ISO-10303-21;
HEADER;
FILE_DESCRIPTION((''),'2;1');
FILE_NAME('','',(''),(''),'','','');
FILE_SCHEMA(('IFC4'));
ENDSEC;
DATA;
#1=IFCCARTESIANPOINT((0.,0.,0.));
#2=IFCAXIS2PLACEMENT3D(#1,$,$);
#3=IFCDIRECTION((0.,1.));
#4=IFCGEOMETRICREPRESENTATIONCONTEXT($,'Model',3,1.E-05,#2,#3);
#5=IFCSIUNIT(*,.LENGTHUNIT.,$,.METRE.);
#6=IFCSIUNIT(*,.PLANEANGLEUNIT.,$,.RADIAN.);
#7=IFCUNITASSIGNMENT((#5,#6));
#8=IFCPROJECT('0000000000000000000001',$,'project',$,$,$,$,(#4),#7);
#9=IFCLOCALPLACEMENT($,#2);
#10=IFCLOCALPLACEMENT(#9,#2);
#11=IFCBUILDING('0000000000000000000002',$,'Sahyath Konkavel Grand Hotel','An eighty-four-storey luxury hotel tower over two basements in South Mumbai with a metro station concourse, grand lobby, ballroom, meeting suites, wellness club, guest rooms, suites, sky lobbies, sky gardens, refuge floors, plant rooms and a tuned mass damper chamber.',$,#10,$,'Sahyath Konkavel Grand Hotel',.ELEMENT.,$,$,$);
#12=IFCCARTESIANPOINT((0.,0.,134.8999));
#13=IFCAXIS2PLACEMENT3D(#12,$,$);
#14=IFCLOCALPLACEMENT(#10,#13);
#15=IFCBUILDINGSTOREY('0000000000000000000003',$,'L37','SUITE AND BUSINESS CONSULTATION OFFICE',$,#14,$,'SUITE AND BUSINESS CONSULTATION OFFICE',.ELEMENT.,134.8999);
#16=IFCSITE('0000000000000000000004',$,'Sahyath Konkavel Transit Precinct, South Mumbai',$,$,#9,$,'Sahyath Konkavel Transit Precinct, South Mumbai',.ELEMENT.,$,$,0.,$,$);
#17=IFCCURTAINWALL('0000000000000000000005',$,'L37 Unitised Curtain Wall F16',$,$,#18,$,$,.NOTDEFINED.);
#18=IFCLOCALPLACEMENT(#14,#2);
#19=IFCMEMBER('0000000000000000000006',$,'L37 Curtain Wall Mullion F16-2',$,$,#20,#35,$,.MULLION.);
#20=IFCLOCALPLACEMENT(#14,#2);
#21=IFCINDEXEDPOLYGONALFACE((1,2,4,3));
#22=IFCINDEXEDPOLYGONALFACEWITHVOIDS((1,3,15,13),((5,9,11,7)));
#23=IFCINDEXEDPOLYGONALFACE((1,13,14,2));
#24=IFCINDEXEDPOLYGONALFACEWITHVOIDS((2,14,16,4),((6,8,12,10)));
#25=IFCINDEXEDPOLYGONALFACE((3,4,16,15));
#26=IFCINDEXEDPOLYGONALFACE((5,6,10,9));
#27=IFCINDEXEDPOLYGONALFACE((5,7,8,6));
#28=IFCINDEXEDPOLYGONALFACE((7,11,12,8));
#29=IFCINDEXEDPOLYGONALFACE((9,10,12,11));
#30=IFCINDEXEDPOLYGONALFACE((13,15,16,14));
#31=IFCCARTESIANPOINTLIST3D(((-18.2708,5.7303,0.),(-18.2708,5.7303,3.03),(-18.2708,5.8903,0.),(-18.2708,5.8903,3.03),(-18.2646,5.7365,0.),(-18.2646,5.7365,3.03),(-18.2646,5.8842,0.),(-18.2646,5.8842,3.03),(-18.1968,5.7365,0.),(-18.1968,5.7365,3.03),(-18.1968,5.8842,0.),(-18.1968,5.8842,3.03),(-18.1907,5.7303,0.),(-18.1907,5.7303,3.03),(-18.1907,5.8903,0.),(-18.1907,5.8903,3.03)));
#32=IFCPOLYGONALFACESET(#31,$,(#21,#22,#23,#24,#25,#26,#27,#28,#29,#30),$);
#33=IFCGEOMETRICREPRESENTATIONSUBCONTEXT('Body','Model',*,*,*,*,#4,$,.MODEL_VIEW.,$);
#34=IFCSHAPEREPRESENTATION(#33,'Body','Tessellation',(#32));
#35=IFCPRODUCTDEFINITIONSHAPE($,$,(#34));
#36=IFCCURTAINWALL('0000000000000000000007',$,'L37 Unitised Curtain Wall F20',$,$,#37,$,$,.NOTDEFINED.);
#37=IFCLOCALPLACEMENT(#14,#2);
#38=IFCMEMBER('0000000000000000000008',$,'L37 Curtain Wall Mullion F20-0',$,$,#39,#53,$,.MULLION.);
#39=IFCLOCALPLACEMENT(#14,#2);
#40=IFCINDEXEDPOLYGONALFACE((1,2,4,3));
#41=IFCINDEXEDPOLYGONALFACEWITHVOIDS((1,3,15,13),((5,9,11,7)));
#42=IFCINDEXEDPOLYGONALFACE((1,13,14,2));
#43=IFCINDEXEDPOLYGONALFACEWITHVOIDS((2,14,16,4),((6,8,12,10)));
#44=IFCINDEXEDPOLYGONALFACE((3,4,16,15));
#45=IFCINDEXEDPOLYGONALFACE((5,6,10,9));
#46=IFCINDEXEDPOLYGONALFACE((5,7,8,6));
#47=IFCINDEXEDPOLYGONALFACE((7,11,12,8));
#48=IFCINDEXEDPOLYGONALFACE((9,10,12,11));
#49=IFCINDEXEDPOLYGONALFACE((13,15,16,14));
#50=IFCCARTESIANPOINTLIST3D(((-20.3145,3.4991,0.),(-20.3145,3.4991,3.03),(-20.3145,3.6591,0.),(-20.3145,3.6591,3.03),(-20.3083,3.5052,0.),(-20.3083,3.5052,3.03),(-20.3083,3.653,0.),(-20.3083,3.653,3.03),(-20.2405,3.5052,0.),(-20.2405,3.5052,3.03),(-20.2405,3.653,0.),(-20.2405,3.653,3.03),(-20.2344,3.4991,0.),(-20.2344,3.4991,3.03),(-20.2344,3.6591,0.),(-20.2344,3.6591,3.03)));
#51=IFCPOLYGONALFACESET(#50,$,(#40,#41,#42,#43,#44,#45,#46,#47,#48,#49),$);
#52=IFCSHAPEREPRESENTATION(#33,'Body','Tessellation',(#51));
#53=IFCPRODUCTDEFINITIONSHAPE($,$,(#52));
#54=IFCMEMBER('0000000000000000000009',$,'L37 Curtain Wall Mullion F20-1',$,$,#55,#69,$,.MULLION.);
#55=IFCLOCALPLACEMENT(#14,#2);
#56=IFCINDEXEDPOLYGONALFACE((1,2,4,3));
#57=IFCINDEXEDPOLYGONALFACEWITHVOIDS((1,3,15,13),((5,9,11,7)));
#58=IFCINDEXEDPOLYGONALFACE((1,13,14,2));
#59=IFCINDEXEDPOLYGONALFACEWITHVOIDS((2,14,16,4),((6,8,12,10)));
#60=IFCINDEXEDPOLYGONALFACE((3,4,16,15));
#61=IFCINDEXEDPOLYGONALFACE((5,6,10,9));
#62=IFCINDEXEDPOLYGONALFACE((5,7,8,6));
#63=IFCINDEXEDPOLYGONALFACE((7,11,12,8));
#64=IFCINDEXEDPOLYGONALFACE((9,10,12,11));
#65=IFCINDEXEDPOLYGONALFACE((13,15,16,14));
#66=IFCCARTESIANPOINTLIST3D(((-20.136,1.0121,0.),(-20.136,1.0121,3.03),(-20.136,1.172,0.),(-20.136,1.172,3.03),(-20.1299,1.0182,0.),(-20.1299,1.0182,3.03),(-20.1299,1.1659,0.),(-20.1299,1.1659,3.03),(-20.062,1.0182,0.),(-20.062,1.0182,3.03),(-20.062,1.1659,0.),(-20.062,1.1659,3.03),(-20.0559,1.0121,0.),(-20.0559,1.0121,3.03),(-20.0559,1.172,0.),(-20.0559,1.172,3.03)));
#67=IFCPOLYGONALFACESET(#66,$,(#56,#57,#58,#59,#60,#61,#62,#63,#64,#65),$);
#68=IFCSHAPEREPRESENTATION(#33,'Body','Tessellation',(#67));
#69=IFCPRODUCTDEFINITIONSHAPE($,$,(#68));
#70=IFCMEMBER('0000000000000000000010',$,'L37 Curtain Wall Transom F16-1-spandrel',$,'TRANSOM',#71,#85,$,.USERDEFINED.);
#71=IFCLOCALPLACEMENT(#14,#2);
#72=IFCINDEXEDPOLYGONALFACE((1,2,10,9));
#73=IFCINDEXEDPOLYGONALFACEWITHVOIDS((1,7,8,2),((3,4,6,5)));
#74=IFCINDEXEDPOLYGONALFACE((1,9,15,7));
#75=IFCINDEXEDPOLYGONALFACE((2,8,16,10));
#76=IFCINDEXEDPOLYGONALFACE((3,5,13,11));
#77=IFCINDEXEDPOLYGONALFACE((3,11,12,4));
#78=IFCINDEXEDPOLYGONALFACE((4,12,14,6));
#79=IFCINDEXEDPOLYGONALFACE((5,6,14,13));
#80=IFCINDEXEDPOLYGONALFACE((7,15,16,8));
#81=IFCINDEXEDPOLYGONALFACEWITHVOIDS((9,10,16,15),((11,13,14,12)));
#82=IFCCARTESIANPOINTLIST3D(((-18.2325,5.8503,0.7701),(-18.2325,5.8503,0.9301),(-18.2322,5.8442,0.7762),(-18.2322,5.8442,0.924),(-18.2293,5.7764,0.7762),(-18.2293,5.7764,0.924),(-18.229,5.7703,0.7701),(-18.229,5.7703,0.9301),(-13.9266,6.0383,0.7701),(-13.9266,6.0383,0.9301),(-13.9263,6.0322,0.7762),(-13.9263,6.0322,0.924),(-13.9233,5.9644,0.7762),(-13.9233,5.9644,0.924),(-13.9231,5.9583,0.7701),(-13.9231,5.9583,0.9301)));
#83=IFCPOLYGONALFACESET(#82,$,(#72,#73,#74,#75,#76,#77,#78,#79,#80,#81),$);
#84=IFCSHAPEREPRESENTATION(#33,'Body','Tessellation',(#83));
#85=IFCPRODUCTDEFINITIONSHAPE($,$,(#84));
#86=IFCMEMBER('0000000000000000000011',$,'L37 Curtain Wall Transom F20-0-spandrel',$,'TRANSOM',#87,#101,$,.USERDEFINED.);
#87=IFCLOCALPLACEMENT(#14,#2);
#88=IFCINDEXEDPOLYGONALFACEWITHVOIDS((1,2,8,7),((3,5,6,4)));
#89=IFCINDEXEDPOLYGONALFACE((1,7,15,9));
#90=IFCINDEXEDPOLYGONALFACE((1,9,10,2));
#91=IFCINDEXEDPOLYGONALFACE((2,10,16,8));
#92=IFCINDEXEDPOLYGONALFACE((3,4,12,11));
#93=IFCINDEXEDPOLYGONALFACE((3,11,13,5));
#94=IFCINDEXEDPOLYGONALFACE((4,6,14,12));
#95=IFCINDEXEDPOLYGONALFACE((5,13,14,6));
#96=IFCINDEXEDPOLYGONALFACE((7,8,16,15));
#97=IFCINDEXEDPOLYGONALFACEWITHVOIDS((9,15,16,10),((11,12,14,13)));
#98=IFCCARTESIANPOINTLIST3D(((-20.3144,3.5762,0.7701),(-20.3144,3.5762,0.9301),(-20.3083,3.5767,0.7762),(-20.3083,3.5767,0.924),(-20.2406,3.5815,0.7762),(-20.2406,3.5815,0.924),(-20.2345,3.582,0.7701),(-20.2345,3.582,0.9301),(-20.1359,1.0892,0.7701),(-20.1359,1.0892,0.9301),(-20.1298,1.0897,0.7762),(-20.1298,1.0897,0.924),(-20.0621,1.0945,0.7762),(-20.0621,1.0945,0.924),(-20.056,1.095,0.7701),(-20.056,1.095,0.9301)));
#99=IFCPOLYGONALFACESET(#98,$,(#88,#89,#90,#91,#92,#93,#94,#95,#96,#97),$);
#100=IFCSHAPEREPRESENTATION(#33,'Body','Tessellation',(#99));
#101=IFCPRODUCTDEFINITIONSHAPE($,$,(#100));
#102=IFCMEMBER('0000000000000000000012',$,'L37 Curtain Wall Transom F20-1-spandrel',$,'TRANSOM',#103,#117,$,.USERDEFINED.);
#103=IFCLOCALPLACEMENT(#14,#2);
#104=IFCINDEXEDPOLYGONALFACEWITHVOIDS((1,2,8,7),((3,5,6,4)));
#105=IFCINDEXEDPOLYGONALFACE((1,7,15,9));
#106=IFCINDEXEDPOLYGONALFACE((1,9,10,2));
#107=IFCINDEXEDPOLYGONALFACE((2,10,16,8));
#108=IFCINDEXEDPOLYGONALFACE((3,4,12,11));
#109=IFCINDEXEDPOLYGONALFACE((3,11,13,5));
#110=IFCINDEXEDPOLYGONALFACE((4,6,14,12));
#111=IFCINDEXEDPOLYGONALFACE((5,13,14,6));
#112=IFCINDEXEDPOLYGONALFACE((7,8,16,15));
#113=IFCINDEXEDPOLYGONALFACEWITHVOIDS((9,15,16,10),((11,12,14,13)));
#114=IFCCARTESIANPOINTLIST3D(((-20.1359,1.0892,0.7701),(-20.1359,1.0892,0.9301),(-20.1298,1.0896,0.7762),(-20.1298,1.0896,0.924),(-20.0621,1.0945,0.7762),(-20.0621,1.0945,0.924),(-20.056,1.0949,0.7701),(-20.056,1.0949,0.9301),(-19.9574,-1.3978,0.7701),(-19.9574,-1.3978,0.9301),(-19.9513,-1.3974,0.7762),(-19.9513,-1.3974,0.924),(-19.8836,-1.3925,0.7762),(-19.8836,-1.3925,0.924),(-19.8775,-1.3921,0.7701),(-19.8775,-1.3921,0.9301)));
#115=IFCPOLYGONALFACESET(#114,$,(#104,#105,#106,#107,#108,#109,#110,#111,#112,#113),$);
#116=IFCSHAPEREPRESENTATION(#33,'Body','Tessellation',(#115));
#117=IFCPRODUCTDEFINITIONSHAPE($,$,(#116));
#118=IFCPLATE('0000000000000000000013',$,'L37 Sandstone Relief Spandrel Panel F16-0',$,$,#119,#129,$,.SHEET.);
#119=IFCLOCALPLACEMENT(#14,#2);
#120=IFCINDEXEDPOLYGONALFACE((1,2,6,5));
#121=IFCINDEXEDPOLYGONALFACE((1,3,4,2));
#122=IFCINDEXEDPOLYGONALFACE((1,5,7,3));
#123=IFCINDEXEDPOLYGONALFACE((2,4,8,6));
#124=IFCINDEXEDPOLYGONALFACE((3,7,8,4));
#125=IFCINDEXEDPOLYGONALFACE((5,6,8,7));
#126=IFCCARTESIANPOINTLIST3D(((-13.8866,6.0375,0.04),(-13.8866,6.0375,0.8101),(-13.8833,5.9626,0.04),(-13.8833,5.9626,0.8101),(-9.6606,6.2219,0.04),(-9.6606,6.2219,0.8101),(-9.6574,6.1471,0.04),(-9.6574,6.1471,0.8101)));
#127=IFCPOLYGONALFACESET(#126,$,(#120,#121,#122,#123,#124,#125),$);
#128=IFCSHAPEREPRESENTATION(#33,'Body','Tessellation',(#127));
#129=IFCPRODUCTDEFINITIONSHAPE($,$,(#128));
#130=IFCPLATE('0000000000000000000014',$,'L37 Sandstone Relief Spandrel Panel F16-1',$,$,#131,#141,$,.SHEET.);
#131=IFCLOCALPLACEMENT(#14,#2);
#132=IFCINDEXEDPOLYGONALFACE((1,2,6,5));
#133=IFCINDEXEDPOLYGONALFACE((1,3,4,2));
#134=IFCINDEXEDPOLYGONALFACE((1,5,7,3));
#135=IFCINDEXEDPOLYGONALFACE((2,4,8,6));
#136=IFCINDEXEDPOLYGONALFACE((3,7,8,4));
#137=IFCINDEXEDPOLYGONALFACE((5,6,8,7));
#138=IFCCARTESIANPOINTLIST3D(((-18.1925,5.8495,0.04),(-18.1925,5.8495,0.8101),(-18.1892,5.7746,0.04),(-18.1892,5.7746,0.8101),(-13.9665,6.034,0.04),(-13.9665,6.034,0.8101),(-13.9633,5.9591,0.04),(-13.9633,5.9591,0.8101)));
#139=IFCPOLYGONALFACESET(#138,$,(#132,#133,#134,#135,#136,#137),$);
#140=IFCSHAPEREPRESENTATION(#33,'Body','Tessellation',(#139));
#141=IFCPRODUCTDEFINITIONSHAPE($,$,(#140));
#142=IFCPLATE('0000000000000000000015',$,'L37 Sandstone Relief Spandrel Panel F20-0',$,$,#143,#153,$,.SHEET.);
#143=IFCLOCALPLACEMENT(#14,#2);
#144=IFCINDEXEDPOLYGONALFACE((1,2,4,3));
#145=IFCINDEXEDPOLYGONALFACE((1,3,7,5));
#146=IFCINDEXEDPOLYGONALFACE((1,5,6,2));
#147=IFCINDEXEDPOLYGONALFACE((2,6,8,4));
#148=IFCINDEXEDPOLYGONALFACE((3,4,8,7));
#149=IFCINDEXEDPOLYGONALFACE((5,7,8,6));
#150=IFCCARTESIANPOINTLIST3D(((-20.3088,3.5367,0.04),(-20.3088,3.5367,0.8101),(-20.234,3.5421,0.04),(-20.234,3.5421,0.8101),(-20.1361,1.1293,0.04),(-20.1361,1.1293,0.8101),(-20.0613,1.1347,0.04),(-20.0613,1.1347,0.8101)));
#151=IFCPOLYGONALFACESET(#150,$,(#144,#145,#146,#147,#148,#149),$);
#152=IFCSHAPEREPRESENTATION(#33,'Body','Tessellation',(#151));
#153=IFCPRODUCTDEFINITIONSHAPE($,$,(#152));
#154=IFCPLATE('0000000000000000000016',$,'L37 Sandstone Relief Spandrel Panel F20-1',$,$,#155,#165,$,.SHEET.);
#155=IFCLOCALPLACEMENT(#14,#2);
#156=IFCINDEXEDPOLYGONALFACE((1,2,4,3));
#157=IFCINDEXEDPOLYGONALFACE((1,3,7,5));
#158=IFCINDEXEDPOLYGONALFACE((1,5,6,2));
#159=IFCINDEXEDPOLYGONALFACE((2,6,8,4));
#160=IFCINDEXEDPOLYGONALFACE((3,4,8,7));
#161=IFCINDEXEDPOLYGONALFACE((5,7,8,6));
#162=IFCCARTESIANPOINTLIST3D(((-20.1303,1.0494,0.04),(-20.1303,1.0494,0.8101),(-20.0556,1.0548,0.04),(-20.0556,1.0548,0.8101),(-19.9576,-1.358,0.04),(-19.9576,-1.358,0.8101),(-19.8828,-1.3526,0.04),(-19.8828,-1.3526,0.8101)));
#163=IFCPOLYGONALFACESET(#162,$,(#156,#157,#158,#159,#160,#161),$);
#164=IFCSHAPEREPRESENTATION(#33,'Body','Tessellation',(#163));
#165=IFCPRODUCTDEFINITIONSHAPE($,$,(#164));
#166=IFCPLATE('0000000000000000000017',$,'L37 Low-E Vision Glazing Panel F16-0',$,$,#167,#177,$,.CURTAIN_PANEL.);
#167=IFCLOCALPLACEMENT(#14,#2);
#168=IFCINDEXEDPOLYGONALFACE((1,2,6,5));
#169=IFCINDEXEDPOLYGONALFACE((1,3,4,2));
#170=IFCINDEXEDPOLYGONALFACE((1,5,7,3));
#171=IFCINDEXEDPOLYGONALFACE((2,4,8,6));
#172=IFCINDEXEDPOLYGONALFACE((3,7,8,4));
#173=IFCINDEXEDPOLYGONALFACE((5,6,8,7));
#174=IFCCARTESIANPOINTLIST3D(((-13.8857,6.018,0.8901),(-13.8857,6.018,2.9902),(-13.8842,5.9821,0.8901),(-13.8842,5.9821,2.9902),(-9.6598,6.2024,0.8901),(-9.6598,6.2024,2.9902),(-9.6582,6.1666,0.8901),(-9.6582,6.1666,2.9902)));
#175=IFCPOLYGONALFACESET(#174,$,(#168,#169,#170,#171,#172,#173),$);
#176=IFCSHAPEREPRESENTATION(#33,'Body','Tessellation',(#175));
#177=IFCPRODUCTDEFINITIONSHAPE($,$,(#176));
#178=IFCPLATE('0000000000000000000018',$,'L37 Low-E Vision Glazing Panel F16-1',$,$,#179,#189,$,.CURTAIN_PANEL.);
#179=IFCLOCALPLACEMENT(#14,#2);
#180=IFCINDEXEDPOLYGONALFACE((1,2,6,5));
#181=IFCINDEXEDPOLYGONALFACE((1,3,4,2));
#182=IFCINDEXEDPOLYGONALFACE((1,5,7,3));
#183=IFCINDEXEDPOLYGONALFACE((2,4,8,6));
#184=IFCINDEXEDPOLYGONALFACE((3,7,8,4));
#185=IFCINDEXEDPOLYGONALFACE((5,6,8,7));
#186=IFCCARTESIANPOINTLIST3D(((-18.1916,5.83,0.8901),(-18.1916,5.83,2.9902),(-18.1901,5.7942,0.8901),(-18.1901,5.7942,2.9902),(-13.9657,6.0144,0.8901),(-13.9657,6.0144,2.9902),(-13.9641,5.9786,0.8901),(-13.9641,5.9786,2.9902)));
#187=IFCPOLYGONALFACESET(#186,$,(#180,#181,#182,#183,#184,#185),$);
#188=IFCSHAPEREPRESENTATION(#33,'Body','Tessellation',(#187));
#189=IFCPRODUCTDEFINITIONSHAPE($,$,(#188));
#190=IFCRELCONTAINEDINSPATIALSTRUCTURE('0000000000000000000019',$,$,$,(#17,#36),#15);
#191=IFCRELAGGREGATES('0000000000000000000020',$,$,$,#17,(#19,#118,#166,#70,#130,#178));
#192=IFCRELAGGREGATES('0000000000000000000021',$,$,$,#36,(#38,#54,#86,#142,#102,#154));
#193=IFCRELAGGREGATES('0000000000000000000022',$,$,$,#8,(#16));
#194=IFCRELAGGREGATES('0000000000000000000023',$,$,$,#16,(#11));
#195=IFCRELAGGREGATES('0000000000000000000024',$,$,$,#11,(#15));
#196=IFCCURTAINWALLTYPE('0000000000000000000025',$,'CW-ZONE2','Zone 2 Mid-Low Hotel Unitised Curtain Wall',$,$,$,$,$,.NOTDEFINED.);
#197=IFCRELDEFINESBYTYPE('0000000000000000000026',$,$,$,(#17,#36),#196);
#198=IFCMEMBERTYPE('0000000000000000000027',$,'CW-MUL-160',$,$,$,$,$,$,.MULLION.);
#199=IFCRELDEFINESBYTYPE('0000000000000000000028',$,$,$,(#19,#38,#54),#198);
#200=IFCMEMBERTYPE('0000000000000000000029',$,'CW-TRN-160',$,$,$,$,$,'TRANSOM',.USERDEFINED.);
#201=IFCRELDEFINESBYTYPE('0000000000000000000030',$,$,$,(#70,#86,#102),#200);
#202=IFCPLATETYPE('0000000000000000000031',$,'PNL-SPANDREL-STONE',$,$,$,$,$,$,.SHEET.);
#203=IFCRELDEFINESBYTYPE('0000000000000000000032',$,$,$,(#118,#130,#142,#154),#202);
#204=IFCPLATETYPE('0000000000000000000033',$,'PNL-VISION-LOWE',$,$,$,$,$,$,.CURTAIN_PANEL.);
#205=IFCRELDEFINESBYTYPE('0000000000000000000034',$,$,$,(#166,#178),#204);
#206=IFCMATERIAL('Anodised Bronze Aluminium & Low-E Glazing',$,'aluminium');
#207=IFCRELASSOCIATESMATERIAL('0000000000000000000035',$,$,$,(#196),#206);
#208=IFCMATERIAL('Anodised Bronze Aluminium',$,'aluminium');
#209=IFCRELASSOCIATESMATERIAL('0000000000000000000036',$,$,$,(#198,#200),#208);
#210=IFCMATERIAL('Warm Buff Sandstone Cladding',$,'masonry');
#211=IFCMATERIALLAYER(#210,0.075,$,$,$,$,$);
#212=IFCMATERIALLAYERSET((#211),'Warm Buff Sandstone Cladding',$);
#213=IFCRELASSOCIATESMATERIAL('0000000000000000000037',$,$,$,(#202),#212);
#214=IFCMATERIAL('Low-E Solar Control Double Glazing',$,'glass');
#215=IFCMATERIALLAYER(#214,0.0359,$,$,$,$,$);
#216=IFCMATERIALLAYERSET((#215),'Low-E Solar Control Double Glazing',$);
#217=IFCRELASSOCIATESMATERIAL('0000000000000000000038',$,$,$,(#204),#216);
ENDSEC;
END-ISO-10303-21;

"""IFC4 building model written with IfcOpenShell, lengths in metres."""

from ifc_helpers import new_model, si_unit, direction, frame, origin, origin_2d, place, context, subcontext, project, spatial, rectangle, hollow_rectangle, extrude, source, transform, mapped, material, layer, layer_set, material_profile, profile_set, type_object, element, aggregate, save


model = new_model("IFC4")

# Units and contexts
model_context = context("Model", 3, precision=1e-05, world=origin(), true_north=direction((0.0, 1.0)))
body_context = subcontext(model_context, "Body", "Model", "MODEL_VIEW")
ifc_project = project(units=[si_unit("LENGTHUNIT", "METRE"), si_unit("PLANEANGLEUNIT", "RADIAN")], contexts=[model_context])

# Site, building, storey
site_placement = place(None, origin())
site = spatial("IfcSite", under=ifc_project, at=site_placement, Name="Sahyath Konkavel Transit Precinct, South Mumbai", LongName="Sahyath Konkavel Transit Precinct, South Mumbai", CompositionType="ELEMENT", RefElevation=0.0)
building_placement = place(site_placement, origin())
building = spatial("IfcBuilding", under=site, at=building_placement, Name="Sahyath Konkavel Grand Hotel", Description="An eighty-four-storey luxury hotel tower over two basements in South Mumbai with a metro station concourse, grand lobby, ballroom, meeting suites, wellness club, guest rooms, suites, sky lobbies, sky gardens, refuge floors, plant rooms and a tuned mass damper chamber.", LongName="Sahyath Konkavel Grand Hotel", CompositionType="ELEMENT")
storey_placement = place(building_placement, frame((0.0, 0.0, 134.8999)))
storey = spatial("IfcBuildingStorey", under=building, at=storey_placement, Name="L37", Description="SUITE AND BUSINESS CONSULTATION OFFICE", LongName="SUITE AND BUSINESS CONSULTATION OFFICE", CompositionType="ELEMENT", Elevation=134.8999)

# Curtain walls, members
ifc_material_1 = material(Name="Anodised Bronze Aluminium & Low-E Glazing", Category="aluminium")
curtain_wall_type = type_object("IfcCurtainWallType", Name="CW-ZONE2", Description="Zone 2 Mid-Low Hotel Unitised Curtain Wall", PredefinedType="NOTDEFINED", material=ifc_material_1)
curtain_wall_1_placement = place(storey_placement, origin())
curtain_wall_1 = element("IfcCurtainWall", 1, at=curtain_wall_1_placement, inside=storey, type_object=curtain_wall_type, Name="L37 Unitised Curtain Wall F16", PredefinedType="NOTDEFINED")
ifc_material_2 = material(Name="Anodised Bronze Aluminium", Category="aluminium")
ifc_material_profile_1 = material_profile(ifc_material_2, hollow_rectangle(XDim=0.0801, YDim=0.1599, WallThickness=0.0061, at=origin_2d()), Name="RHS 160x80x6")
ifc_profile_set_1 = profile_set([ifc_material_profile_1], Name="Anodised Bronze Aluminium")
member_type_1 = type_object("IfcMemberType", Name="CW-MUL-160", PredefinedType="MULLION", material=ifc_profile_set_1)
shared_shape_1 = source(origin(), body_context, "Body", "SweptSolid", [
    extrude(hollow_rectangle(XDim=0.0801, YDim=0.1599, WallThickness=0.0061, at=origin_2d()), origin(), (0.0, 0.0, 1.0), 3.03),
])
member_1_placement = place(storey_placement, frame((-18.2307, 5.8103, 0.0), z_axis=(0.0, 0.0, 1.0), x_axis=(1.0, 0.0, 0.0)))
member_1 = element("IfcMember", 2, at=member_1_placement, type_object=member_type_1, Name="L37 Curtain Wall Mullion F16-2", PredefinedType="MULLION", context=body_context, shape_type="MappedRepresentation", body=[
    mapped(shared_shape_1, transform((0.0, 0.0, 0.0), scale=1.0)),
])
curtain_wall_2_placement = place(storey_placement, origin())
curtain_wall_2 = element("IfcCurtainWall", 3, at=curtain_wall_2_placement, inside=storey, type_object=curtain_wall_type, Name="L37 Unitised Curtain Wall F20", PredefinedType="NOTDEFINED")
member_2_placement = place(storey_placement, frame((-20.2744, 3.5791, 0.0), z_axis=(0.0, 0.0, 1.0), x_axis=(1.0, 0.0, 0.0)))
member_2 = element("IfcMember", 4, at=member_2_placement, type_object=member_type_1, Name="L37 Curtain Wall Mullion F20-0", PredefinedType="MULLION", context=body_context, shape_type="MappedRepresentation", body=[
    mapped(shared_shape_1, transform((0.0, 0.0, 0.0), scale=1.0)),
])
member_3_placement = place(storey_placement, frame((-20.0959, 1.092, 0.0), z_axis=(0.0, 0.0, 1.0), x_axis=(1.0, 0.0, 0.0)))
member_3 = element("IfcMember", 5, at=member_3_placement, type_object=member_type_1, Name="L37 Curtain Wall Mullion F20-1", PredefinedType="MULLION", context=body_context, shape_type="MappedRepresentation", body=[
    mapped(shared_shape_1, transform((0.0, 0.0, 0.0), scale=1.0)),
])

# Members
ifc_material_profile_2 = material_profile(ifc_material_2, hollow_rectangle(XDim=0.0801, YDim=0.1599, WallThickness=0.0061, at=origin_2d()), Name="RHS 160x80x6")
ifc_profile_set_2 = profile_set([ifc_material_profile_2], Name="Anodised Bronze Aluminium")
member_type_2 = type_object("IfcMemberType", Name="CW-TRN-160", ElementType="TRANSOM", PredefinedType="USERDEFINED", material=ifc_profile_set_2)
shared_shape_2 = source(origin(), body_context, "Body", "SweptSolid", [
    extrude(hollow_rectangle(XDim=0.0801, YDim=0.1599, WallThickness=0.0061, at=origin_2d()), origin(), (0.0, 0.0, 1.0), 4.3101),
])
member_4_placement = place(storey_placement, frame((-13.9248, 5.9983, 0.8501), z_axis=(-0.999048, -0.043617, 0.0), x_axis=(0.043617, -0.999048, 0.0)))
member_4 = element("IfcMember", 6, at=member_4_placement, type_object=member_type_2, Name="L37 Curtain Wall Transom F16-1-spandrel", ObjectType="TRANSOM", PredefinedType="USERDEFINED", context=body_context, shape_type="MappedRepresentation", body=[
    mapped(shared_shape_2, transform((0.0, 0.0, 0.0), scale=1.0)),
])
shared_shape_3 = source(origin(), body_context, "Body", "SweptSolid", [
    extrude(hollow_rectangle(XDim=0.0801, YDim=0.1599, WallThickness=0.0061, at=origin_2d()), origin(), (0.0, 0.0, 1.0), 2.4934),
])
member_5_placement = place(storey_placement, frame((-20.2744, 3.5791, 0.8501), z_axis=(0.071574, -0.997435, 0.0), x_axis=(0.997435, 0.071574, 0.0)))
member_5 = element("IfcMember", 7, at=member_5_placement, type_object=member_type_2, Name="L37 Curtain Wall Transom F20-0-spandrel", ObjectType="TRANSOM", PredefinedType="USERDEFINED", context=body_context, shape_type="MappedRepresentation", body=[
    mapped(shared_shape_3, transform((0.0, 0.0, 0.0), scale=1.0)),
])
member_6_placement = place(storey_placement, frame((-20.0959, 1.092, 0.8501), z_axis=(0.071574, -0.997435, 0.0), x_axis=(0.997435, 0.071574, 0.0)))
member_6 = element("IfcMember", 8, at=member_6_placement, type_object=member_type_2, Name="L37 Curtain Wall Transom F20-1-spandrel", ObjectType="TRANSOM", PredefinedType="USERDEFINED", context=body_context, shape_type="MappedRepresentation", body=[
    mapped(shared_shape_3, transform((0.0, 0.0, 0.0), scale=1.0)),
])

# Plates
ifc_material_3 = material(Name="Warm Buff Sandstone Cladding", Category="masonry")
ifc_layer_1 = layer(ifc_material_3, 0.075)
ifc_layer_set_1 = layer_set([ifc_layer_1], Name="Warm Buff Sandstone Cladding")
plate_type_1 = type_object("IfcPlateType", Name="PNL-SPANDREL-STONE", PredefinedType="SHEET", material=ifc_layer_set_1)
shared_shape_4 = source(origin(), body_context, "Body", "SweptSolid", [
    extrude(rectangle(XDim=4.23, YDim=0.075, at=origin_2d()), origin(), (0.0, 0.0, 1.0), 0.77),
])
plate_1_placement = place(storey_placement, frame((-11.772, 6.0923, 0.04), z_axis=(0.0, 0.0, 1.0), x_axis=(-0.999049, -0.043602, 0.0)))
plate_1 = element("IfcPlate", 9, at=plate_1_placement, type_object=plate_type_1, Name="L37 Sandstone Relief Spandrel Panel F16-0", PredefinedType="SHEET", context=body_context, shape_type="MappedRepresentation", body=[
    mapped(shared_shape_4, transform((0.0, 0.0, 0.0), scale=1.0)),
])
plate_2_placement = place(storey_placement, frame((-16.0779, 5.9043, 0.04), z_axis=(0.0, 0.0, 1.0), x_axis=(-0.999049, -0.043602, 0.0)))
plate_2 = element("IfcPlate", 10, at=plate_2_placement, type_object=plate_type_1, Name="L37 Sandstone Relief Spandrel Panel F16-1", PredefinedType="SHEET", context=body_context, shape_type="MappedRepresentation", body=[
    mapped(shared_shape_4, transform((0.0, 0.0, 0.0), scale=1.0)),
])
shared_shape_5 = source(origin(), body_context, "Body", "SweptSolid", [
    extrude(rectangle(XDim=2.4136, YDim=0.075, at=origin_2d()), origin(), (0.0, 0.0, 1.0), 0.77),
])
plate_3_placement = place(storey_placement, frame((-20.1851, 2.3357, 0.04), z_axis=(0.0, 0.0, 1.0), x_axis=(0.071567, -0.997436, 0.0)))
plate_3 = element("IfcPlate", 11, at=plate_3_placement, type_object=plate_type_1, Name="L37 Sandstone Relief Spandrel Panel F20-0", PredefinedType="SHEET", context=body_context, shape_type="MappedRepresentation", body=[
    mapped(shared_shape_5, transform((0.0, 0.0, 0.0), scale=1.0)),
])
plate_4_placement = place(storey_placement, frame((-20.0066, -0.1516, 0.04), z_axis=(0.0, 0.0, 1.0), x_axis=(0.071567, -0.997436, 0.0)))
plate_4 = element("IfcPlate", 12, at=plate_4_placement, type_object=plate_type_1, Name="L37 Sandstone Relief Spandrel Panel F20-1", PredefinedType="SHEET", context=body_context, shape_type="MappedRepresentation", body=[
    mapped(shared_shape_5, transform((0.0, 0.0, 0.0), scale=1.0)),
])
ifc_material_4 = material(Name="Low-E Solar Control Double Glazing", Category="glass")
ifc_layer_2 = layer(ifc_material_4, 0.0359)
ifc_layer_set_2 = layer_set([ifc_layer_2], Name="Low-E Solar Control Double Glazing")
plate_type_2 = type_object("IfcPlateType", Name="PNL-VISION-LOWE", PredefinedType="CURTAIN_PANEL", material=ifc_layer_set_2)
shared_shape_6 = source(origin(), body_context, "Body", "SweptSolid", [
    extrude(rectangle(XDim=4.23, YDim=0.0359, at=origin_2d()), origin(), (0.0, 0.0, 1.0), 2.1001),
])
plate_5_placement = place(storey_placement, frame((-11.772, 6.0923, 0.8901), z_axis=(0.0, 0.0, 1.0), x_axis=(-0.999049, -0.043602, 0.0)))
plate_5 = element("IfcPlate", 13, at=plate_5_placement, type_object=plate_type_2, Name="L37 Low-E Vision Glazing Panel F16-0", PredefinedType="CURTAIN_PANEL", context=body_context, shape_type="MappedRepresentation", body=[
    mapped(shared_shape_6, transform((0.0, 0.0, 0.0), scale=1.0)),
])
plate_6_placement = place(storey_placement, frame((-16.0779, 5.9043, 0.8901), z_axis=(0.0, 0.0, 1.0), x_axis=(-0.999049, -0.043602, 0.0)))
plate_6 = element("IfcPlate", 14, at=plate_6_placement, type_object=plate_type_2, Name="L37 Low-E Vision Glazing Panel F16-1", PredefinedType="CURTAIN_PANEL", context=body_context, shape_type="MappedRepresentation", body=[
    mapped(shared_shape_6, transform((0.0, 0.0, 0.0), scale=1.0)),
])
aggregate(curtain_wall_1, [member_1, plate_1, plate_5, member_4, plate_2, plate_6])
aggregate(curtain_wall_2, [member_2, member_3, member_5, plate_3, member_6, plate_4])

save(model, "model.ifc")
